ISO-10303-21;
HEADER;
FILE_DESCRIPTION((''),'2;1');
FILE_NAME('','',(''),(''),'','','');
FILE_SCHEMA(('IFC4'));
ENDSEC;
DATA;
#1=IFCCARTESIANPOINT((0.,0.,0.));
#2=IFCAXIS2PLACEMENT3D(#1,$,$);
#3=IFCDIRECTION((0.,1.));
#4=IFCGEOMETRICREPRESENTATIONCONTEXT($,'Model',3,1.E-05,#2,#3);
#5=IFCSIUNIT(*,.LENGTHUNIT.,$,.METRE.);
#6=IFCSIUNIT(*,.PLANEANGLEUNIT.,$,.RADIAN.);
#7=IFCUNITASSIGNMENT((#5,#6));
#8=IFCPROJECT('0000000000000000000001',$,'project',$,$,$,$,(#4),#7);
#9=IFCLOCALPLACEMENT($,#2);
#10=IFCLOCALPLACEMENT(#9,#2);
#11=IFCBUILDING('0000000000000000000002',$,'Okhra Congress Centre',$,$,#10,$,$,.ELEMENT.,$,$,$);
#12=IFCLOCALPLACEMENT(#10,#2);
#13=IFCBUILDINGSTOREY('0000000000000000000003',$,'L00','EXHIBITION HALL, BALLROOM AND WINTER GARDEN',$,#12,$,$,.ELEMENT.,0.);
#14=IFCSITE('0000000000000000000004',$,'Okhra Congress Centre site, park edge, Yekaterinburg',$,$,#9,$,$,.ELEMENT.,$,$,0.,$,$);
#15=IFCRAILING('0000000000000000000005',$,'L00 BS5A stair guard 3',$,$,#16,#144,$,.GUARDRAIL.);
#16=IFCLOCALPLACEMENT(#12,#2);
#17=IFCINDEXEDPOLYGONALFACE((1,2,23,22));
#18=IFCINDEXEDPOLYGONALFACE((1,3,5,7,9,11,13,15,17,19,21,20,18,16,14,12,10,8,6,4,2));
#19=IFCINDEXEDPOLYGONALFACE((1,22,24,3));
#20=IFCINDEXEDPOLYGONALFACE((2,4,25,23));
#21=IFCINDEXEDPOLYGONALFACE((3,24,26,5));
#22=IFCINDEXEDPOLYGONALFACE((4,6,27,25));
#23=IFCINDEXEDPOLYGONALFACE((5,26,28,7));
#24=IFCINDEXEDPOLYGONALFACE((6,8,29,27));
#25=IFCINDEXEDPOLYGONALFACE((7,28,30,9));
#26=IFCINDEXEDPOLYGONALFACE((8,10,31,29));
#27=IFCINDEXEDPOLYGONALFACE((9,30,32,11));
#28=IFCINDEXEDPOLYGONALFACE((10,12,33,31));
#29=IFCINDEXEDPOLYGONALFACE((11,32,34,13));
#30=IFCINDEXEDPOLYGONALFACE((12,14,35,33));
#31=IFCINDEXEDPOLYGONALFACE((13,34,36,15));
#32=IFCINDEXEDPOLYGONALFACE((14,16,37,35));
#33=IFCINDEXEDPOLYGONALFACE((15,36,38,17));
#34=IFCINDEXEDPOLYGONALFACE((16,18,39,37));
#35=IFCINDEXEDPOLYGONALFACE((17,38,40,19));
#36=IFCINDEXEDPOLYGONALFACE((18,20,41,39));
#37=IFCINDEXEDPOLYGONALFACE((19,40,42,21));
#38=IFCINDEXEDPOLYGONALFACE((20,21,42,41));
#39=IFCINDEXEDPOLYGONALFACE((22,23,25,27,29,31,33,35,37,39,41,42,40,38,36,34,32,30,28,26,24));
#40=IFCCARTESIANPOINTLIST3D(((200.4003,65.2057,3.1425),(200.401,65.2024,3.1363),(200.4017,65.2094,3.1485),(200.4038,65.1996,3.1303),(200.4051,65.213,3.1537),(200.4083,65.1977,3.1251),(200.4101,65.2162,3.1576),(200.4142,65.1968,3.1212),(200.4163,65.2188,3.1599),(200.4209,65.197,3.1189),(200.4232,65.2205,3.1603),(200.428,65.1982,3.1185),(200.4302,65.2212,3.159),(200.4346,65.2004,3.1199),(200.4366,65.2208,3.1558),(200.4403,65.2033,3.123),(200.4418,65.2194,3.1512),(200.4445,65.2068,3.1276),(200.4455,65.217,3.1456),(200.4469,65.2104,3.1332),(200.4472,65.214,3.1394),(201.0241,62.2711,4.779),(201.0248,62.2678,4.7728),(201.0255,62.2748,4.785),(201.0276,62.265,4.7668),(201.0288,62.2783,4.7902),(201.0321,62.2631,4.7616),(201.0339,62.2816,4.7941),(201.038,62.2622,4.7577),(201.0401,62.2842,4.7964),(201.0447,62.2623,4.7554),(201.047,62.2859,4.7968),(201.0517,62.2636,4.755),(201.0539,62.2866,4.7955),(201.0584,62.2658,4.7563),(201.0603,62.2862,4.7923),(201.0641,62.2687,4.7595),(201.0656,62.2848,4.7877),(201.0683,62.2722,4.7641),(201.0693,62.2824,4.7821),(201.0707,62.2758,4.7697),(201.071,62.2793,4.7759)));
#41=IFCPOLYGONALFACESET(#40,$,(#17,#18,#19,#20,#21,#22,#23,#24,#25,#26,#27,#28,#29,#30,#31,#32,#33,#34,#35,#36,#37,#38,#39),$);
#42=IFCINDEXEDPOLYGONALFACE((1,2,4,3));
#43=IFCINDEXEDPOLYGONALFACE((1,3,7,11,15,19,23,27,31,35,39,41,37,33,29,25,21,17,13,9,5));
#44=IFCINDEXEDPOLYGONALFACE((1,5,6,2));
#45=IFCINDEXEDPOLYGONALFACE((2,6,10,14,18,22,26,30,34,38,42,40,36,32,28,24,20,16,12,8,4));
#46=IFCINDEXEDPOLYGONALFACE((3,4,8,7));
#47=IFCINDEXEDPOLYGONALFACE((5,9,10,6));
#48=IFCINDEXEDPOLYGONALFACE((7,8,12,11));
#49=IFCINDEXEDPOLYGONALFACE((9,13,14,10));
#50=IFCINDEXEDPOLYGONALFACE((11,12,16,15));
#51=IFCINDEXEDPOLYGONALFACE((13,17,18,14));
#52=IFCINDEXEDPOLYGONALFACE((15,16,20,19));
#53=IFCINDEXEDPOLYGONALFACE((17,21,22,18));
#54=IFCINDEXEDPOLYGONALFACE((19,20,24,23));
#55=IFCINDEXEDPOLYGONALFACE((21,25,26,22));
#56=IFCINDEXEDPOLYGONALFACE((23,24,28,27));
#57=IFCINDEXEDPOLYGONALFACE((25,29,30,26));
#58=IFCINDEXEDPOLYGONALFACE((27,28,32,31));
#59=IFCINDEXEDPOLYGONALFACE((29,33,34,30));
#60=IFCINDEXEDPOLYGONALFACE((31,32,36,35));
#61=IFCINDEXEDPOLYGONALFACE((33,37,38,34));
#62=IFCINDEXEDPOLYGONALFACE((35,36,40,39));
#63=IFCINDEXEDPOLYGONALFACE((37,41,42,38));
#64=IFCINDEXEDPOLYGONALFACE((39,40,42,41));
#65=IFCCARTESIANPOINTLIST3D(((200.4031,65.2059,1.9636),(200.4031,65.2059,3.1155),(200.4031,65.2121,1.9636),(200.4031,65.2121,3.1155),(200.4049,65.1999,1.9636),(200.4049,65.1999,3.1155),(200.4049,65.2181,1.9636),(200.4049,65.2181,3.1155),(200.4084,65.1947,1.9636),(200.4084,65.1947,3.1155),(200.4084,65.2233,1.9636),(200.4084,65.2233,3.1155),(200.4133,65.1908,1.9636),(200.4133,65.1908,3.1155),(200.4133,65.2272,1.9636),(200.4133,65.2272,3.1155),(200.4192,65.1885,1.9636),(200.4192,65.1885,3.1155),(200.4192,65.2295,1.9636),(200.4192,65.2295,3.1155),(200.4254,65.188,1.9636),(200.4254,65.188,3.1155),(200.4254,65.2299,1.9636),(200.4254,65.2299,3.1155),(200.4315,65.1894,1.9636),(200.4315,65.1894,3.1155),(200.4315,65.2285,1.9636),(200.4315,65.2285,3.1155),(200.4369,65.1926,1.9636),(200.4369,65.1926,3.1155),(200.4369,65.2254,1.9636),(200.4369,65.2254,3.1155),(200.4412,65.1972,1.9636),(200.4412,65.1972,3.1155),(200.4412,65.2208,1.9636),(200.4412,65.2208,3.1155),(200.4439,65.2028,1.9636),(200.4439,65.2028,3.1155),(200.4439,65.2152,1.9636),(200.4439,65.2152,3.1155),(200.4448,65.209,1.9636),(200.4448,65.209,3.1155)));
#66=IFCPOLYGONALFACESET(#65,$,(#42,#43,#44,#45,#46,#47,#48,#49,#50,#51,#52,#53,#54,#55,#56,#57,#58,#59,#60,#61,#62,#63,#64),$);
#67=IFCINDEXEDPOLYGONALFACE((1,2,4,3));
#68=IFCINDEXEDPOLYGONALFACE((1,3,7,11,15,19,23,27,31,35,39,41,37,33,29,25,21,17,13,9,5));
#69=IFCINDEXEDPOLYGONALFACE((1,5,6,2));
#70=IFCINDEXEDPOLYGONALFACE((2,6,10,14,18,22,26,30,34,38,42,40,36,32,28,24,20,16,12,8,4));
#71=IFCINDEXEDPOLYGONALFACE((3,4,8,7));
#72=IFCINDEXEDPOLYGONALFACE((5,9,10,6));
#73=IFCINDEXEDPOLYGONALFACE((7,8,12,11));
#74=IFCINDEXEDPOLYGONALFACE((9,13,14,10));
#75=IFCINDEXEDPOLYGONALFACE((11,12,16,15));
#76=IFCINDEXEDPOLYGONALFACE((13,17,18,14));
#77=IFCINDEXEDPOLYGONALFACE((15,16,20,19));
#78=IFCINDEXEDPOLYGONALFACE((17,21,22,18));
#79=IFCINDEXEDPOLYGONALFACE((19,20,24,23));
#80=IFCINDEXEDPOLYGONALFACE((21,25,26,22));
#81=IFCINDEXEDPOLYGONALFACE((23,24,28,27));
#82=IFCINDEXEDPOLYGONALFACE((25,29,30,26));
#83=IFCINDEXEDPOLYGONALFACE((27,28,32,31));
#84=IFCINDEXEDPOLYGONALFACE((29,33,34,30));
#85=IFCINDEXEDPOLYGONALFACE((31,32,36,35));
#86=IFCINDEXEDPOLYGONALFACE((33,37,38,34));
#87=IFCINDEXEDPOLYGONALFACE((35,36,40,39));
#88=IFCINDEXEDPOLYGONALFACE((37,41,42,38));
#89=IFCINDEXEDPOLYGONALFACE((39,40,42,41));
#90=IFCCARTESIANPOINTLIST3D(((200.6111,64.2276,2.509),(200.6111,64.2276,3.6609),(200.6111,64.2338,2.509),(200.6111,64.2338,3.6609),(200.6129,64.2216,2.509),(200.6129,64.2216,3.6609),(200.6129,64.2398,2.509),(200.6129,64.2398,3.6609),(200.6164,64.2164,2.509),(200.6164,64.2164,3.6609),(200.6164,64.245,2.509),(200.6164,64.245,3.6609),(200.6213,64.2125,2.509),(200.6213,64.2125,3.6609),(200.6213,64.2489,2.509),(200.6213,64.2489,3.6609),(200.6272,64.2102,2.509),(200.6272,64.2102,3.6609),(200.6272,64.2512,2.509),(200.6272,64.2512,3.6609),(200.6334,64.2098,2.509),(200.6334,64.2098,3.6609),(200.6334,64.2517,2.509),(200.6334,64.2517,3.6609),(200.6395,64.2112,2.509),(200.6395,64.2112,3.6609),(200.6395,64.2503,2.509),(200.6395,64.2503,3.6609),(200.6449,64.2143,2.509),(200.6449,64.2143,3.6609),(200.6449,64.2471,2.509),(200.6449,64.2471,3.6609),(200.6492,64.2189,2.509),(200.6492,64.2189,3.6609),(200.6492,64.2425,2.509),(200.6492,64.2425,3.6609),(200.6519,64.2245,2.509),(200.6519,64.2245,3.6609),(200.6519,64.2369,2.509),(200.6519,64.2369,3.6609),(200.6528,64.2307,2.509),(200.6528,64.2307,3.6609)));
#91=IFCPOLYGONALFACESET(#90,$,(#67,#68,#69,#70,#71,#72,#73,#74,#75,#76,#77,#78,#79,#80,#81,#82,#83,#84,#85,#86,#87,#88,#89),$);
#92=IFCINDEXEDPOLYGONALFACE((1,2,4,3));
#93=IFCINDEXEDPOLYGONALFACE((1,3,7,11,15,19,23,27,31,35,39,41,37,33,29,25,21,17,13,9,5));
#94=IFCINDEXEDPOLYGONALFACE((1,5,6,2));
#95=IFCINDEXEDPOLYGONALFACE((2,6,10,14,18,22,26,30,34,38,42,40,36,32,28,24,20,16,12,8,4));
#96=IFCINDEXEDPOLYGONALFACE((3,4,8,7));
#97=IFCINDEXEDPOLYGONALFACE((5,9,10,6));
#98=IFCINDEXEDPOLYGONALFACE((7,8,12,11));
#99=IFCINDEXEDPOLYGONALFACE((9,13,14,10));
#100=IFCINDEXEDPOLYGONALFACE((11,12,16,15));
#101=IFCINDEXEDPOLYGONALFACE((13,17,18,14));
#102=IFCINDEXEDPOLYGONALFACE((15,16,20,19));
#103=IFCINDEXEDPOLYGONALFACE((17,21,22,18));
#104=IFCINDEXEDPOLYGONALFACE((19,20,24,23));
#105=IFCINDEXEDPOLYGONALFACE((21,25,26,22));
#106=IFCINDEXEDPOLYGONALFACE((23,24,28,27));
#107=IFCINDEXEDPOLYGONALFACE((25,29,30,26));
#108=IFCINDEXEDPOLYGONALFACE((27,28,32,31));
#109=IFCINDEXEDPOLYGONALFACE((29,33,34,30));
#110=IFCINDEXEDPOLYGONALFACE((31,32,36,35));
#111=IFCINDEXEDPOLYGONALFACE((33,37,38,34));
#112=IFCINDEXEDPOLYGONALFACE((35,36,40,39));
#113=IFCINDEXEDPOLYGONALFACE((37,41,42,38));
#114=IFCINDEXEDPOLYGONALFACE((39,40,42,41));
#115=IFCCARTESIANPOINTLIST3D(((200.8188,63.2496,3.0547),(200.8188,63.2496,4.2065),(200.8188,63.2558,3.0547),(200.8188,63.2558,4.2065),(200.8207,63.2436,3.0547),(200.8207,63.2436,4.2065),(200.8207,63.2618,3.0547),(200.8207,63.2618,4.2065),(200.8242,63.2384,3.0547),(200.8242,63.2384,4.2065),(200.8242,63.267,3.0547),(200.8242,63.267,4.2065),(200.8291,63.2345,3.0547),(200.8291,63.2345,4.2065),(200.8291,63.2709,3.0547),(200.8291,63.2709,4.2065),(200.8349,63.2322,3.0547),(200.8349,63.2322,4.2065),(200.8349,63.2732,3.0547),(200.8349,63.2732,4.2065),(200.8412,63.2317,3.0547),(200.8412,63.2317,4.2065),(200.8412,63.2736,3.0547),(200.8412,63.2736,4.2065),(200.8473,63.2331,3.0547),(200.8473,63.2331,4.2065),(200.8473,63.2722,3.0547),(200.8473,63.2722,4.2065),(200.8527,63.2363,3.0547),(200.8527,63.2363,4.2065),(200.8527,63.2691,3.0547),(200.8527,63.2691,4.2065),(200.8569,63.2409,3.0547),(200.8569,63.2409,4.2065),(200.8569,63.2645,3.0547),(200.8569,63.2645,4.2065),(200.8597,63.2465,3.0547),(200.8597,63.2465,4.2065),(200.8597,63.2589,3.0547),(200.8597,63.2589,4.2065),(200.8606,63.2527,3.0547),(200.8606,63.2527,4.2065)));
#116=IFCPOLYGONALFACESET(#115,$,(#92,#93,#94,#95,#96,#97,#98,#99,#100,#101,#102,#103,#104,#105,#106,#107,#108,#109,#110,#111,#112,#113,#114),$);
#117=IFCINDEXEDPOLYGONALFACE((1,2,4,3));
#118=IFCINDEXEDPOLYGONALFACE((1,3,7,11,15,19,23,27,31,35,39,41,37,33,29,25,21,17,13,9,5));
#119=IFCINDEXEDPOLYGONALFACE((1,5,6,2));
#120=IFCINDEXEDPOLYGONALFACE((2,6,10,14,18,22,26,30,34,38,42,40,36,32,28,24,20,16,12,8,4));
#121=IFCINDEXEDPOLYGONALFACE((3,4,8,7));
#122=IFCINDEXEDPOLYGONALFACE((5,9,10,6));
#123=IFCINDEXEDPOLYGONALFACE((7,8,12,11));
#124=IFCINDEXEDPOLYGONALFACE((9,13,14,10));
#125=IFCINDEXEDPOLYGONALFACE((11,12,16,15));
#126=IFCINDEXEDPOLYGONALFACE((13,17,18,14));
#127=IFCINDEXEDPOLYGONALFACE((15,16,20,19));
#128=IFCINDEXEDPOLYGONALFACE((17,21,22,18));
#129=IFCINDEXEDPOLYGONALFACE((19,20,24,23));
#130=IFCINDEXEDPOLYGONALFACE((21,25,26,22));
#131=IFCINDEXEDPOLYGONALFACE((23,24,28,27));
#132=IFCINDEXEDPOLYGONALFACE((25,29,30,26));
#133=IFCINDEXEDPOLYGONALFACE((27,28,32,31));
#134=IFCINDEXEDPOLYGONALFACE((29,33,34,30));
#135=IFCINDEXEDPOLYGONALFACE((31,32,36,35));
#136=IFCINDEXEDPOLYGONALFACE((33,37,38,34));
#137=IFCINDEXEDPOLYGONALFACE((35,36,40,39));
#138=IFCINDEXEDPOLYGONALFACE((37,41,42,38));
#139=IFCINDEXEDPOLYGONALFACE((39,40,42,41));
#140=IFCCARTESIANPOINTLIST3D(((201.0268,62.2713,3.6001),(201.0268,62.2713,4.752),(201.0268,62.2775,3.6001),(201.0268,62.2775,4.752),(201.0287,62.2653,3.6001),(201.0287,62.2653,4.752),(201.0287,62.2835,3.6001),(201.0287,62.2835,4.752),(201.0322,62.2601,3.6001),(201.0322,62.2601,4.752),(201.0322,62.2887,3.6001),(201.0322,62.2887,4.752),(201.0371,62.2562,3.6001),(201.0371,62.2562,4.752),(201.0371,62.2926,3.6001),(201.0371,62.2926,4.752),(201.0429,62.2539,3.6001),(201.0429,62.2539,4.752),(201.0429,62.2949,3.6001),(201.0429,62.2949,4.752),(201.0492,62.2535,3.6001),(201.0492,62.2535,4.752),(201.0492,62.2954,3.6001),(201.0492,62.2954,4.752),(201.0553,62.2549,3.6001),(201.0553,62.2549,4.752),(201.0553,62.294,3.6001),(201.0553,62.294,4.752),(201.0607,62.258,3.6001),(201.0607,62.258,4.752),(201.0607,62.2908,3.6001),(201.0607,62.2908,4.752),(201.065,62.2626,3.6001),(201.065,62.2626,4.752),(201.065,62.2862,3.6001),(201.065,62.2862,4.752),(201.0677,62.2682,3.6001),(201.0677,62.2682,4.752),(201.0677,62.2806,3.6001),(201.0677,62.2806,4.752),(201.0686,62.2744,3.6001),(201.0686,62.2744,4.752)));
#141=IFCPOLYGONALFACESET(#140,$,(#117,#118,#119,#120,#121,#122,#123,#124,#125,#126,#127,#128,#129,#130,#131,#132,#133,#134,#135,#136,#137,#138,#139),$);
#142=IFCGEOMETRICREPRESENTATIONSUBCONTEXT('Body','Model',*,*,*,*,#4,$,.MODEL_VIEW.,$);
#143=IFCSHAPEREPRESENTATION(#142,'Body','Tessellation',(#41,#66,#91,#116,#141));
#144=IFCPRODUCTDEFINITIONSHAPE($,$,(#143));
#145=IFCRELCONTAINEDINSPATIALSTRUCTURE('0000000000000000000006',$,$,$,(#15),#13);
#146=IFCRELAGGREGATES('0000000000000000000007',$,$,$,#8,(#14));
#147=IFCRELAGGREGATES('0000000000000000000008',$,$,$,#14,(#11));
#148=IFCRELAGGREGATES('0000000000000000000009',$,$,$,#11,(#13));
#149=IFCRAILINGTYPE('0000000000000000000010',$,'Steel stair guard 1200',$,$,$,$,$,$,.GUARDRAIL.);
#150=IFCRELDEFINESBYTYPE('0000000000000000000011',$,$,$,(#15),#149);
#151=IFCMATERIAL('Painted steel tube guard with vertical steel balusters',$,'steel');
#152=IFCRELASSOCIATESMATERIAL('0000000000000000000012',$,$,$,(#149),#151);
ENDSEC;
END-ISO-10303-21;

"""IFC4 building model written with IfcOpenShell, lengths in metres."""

from ifc_helpers import new_model, si_unit, direction, frame, origin, origin_2d, place, context, subcontext, project, spatial, circle, extrude, material, type_object, element, save


model = new_model("IFC4")

# Units and contexts
model_context = context("Model", 3, precision=1e-05, world=origin(), true_north=direction((0.0, 1.0)))
body_context = subcontext(model_context, "Body", "Model", "MODEL_VIEW")
ifc_project = project(units=[si_unit("LENGTHUNIT", "METRE"), si_unit("PLANEANGLEUNIT", "RADIAN")], contexts=[model_context])

# Site, building, storey
site_placement = place(None, origin())
site = spatial("IfcSite", under=ifc_project, at=site_placement, Name="Okhra Congress Centre site, park edge, Yekaterinburg", CompositionType="ELEMENT", RefElevation=0.0)
building_placement = place(site_placement, origin())
building = spatial("IfcBuilding", under=site, at=building_placement, Name="Okhra Congress Centre", CompositionType="ELEMENT")
storey_placement = place(building_placement, origin())
storey = spatial("IfcBuildingStorey", under=building, at=storey_placement, Name="L00", Description="EXHIBITION HALL, BALLROOM AND WINTER GARDEN", CompositionType="ELEMENT", Elevation=0.0)

# Railing
ifc_material_1 = material(Name="Painted steel tube guard with vertical steel balusters", Category="steel")
railing_type_1 = type_object("IfcRailingType", Name="Steel stair guard 1200", PredefinedType="GUARDRAIL", material=ifc_material_1)
railing_1_placement = place(storey_placement, frame((200.4238, 65.209, 1.9636)))
element("IfcRailing", 1, at=railing_1_placement, inside=storey, type_object=railing_type_1, Name="L00 BS5A stair guard 3", PredefinedType="GUARDRAIL", context=body_context, shape_type="SweptSolid", body=[
    extrude(circle(Radius=0.0239, at=origin_2d()), frame((0.0, 0.0, 1.1758), z_axis=(0.182529, -0.858706, 0.478861), x_axis=(0.978146, 0.207917, 0.0)), (0.0, 0.0, 1.0), 3.4175),
    extrude(circle(Radius=0.021, at=origin_2d()), origin(), (0.0, 0.0, 1.0), 1.1519),
    extrude(circle(Radius=0.021, at=origin_2d()), frame((0.208, -0.9783, 0.5454)), (0.0, 0.0, 1.0), 1.1519),
    extrude(circle(Radius=0.021, at=origin_2d()), frame((0.4158, -1.9563, 1.0911)), (0.0, 0.0, 1.0), 1.1519),
    extrude(circle(Radius=0.021, at=origin_2d()), frame((0.6238, -2.9346, 1.6365)), (0.0, 0.0, 1.0), 1.1519),
])

save(model, "model.ifc")
